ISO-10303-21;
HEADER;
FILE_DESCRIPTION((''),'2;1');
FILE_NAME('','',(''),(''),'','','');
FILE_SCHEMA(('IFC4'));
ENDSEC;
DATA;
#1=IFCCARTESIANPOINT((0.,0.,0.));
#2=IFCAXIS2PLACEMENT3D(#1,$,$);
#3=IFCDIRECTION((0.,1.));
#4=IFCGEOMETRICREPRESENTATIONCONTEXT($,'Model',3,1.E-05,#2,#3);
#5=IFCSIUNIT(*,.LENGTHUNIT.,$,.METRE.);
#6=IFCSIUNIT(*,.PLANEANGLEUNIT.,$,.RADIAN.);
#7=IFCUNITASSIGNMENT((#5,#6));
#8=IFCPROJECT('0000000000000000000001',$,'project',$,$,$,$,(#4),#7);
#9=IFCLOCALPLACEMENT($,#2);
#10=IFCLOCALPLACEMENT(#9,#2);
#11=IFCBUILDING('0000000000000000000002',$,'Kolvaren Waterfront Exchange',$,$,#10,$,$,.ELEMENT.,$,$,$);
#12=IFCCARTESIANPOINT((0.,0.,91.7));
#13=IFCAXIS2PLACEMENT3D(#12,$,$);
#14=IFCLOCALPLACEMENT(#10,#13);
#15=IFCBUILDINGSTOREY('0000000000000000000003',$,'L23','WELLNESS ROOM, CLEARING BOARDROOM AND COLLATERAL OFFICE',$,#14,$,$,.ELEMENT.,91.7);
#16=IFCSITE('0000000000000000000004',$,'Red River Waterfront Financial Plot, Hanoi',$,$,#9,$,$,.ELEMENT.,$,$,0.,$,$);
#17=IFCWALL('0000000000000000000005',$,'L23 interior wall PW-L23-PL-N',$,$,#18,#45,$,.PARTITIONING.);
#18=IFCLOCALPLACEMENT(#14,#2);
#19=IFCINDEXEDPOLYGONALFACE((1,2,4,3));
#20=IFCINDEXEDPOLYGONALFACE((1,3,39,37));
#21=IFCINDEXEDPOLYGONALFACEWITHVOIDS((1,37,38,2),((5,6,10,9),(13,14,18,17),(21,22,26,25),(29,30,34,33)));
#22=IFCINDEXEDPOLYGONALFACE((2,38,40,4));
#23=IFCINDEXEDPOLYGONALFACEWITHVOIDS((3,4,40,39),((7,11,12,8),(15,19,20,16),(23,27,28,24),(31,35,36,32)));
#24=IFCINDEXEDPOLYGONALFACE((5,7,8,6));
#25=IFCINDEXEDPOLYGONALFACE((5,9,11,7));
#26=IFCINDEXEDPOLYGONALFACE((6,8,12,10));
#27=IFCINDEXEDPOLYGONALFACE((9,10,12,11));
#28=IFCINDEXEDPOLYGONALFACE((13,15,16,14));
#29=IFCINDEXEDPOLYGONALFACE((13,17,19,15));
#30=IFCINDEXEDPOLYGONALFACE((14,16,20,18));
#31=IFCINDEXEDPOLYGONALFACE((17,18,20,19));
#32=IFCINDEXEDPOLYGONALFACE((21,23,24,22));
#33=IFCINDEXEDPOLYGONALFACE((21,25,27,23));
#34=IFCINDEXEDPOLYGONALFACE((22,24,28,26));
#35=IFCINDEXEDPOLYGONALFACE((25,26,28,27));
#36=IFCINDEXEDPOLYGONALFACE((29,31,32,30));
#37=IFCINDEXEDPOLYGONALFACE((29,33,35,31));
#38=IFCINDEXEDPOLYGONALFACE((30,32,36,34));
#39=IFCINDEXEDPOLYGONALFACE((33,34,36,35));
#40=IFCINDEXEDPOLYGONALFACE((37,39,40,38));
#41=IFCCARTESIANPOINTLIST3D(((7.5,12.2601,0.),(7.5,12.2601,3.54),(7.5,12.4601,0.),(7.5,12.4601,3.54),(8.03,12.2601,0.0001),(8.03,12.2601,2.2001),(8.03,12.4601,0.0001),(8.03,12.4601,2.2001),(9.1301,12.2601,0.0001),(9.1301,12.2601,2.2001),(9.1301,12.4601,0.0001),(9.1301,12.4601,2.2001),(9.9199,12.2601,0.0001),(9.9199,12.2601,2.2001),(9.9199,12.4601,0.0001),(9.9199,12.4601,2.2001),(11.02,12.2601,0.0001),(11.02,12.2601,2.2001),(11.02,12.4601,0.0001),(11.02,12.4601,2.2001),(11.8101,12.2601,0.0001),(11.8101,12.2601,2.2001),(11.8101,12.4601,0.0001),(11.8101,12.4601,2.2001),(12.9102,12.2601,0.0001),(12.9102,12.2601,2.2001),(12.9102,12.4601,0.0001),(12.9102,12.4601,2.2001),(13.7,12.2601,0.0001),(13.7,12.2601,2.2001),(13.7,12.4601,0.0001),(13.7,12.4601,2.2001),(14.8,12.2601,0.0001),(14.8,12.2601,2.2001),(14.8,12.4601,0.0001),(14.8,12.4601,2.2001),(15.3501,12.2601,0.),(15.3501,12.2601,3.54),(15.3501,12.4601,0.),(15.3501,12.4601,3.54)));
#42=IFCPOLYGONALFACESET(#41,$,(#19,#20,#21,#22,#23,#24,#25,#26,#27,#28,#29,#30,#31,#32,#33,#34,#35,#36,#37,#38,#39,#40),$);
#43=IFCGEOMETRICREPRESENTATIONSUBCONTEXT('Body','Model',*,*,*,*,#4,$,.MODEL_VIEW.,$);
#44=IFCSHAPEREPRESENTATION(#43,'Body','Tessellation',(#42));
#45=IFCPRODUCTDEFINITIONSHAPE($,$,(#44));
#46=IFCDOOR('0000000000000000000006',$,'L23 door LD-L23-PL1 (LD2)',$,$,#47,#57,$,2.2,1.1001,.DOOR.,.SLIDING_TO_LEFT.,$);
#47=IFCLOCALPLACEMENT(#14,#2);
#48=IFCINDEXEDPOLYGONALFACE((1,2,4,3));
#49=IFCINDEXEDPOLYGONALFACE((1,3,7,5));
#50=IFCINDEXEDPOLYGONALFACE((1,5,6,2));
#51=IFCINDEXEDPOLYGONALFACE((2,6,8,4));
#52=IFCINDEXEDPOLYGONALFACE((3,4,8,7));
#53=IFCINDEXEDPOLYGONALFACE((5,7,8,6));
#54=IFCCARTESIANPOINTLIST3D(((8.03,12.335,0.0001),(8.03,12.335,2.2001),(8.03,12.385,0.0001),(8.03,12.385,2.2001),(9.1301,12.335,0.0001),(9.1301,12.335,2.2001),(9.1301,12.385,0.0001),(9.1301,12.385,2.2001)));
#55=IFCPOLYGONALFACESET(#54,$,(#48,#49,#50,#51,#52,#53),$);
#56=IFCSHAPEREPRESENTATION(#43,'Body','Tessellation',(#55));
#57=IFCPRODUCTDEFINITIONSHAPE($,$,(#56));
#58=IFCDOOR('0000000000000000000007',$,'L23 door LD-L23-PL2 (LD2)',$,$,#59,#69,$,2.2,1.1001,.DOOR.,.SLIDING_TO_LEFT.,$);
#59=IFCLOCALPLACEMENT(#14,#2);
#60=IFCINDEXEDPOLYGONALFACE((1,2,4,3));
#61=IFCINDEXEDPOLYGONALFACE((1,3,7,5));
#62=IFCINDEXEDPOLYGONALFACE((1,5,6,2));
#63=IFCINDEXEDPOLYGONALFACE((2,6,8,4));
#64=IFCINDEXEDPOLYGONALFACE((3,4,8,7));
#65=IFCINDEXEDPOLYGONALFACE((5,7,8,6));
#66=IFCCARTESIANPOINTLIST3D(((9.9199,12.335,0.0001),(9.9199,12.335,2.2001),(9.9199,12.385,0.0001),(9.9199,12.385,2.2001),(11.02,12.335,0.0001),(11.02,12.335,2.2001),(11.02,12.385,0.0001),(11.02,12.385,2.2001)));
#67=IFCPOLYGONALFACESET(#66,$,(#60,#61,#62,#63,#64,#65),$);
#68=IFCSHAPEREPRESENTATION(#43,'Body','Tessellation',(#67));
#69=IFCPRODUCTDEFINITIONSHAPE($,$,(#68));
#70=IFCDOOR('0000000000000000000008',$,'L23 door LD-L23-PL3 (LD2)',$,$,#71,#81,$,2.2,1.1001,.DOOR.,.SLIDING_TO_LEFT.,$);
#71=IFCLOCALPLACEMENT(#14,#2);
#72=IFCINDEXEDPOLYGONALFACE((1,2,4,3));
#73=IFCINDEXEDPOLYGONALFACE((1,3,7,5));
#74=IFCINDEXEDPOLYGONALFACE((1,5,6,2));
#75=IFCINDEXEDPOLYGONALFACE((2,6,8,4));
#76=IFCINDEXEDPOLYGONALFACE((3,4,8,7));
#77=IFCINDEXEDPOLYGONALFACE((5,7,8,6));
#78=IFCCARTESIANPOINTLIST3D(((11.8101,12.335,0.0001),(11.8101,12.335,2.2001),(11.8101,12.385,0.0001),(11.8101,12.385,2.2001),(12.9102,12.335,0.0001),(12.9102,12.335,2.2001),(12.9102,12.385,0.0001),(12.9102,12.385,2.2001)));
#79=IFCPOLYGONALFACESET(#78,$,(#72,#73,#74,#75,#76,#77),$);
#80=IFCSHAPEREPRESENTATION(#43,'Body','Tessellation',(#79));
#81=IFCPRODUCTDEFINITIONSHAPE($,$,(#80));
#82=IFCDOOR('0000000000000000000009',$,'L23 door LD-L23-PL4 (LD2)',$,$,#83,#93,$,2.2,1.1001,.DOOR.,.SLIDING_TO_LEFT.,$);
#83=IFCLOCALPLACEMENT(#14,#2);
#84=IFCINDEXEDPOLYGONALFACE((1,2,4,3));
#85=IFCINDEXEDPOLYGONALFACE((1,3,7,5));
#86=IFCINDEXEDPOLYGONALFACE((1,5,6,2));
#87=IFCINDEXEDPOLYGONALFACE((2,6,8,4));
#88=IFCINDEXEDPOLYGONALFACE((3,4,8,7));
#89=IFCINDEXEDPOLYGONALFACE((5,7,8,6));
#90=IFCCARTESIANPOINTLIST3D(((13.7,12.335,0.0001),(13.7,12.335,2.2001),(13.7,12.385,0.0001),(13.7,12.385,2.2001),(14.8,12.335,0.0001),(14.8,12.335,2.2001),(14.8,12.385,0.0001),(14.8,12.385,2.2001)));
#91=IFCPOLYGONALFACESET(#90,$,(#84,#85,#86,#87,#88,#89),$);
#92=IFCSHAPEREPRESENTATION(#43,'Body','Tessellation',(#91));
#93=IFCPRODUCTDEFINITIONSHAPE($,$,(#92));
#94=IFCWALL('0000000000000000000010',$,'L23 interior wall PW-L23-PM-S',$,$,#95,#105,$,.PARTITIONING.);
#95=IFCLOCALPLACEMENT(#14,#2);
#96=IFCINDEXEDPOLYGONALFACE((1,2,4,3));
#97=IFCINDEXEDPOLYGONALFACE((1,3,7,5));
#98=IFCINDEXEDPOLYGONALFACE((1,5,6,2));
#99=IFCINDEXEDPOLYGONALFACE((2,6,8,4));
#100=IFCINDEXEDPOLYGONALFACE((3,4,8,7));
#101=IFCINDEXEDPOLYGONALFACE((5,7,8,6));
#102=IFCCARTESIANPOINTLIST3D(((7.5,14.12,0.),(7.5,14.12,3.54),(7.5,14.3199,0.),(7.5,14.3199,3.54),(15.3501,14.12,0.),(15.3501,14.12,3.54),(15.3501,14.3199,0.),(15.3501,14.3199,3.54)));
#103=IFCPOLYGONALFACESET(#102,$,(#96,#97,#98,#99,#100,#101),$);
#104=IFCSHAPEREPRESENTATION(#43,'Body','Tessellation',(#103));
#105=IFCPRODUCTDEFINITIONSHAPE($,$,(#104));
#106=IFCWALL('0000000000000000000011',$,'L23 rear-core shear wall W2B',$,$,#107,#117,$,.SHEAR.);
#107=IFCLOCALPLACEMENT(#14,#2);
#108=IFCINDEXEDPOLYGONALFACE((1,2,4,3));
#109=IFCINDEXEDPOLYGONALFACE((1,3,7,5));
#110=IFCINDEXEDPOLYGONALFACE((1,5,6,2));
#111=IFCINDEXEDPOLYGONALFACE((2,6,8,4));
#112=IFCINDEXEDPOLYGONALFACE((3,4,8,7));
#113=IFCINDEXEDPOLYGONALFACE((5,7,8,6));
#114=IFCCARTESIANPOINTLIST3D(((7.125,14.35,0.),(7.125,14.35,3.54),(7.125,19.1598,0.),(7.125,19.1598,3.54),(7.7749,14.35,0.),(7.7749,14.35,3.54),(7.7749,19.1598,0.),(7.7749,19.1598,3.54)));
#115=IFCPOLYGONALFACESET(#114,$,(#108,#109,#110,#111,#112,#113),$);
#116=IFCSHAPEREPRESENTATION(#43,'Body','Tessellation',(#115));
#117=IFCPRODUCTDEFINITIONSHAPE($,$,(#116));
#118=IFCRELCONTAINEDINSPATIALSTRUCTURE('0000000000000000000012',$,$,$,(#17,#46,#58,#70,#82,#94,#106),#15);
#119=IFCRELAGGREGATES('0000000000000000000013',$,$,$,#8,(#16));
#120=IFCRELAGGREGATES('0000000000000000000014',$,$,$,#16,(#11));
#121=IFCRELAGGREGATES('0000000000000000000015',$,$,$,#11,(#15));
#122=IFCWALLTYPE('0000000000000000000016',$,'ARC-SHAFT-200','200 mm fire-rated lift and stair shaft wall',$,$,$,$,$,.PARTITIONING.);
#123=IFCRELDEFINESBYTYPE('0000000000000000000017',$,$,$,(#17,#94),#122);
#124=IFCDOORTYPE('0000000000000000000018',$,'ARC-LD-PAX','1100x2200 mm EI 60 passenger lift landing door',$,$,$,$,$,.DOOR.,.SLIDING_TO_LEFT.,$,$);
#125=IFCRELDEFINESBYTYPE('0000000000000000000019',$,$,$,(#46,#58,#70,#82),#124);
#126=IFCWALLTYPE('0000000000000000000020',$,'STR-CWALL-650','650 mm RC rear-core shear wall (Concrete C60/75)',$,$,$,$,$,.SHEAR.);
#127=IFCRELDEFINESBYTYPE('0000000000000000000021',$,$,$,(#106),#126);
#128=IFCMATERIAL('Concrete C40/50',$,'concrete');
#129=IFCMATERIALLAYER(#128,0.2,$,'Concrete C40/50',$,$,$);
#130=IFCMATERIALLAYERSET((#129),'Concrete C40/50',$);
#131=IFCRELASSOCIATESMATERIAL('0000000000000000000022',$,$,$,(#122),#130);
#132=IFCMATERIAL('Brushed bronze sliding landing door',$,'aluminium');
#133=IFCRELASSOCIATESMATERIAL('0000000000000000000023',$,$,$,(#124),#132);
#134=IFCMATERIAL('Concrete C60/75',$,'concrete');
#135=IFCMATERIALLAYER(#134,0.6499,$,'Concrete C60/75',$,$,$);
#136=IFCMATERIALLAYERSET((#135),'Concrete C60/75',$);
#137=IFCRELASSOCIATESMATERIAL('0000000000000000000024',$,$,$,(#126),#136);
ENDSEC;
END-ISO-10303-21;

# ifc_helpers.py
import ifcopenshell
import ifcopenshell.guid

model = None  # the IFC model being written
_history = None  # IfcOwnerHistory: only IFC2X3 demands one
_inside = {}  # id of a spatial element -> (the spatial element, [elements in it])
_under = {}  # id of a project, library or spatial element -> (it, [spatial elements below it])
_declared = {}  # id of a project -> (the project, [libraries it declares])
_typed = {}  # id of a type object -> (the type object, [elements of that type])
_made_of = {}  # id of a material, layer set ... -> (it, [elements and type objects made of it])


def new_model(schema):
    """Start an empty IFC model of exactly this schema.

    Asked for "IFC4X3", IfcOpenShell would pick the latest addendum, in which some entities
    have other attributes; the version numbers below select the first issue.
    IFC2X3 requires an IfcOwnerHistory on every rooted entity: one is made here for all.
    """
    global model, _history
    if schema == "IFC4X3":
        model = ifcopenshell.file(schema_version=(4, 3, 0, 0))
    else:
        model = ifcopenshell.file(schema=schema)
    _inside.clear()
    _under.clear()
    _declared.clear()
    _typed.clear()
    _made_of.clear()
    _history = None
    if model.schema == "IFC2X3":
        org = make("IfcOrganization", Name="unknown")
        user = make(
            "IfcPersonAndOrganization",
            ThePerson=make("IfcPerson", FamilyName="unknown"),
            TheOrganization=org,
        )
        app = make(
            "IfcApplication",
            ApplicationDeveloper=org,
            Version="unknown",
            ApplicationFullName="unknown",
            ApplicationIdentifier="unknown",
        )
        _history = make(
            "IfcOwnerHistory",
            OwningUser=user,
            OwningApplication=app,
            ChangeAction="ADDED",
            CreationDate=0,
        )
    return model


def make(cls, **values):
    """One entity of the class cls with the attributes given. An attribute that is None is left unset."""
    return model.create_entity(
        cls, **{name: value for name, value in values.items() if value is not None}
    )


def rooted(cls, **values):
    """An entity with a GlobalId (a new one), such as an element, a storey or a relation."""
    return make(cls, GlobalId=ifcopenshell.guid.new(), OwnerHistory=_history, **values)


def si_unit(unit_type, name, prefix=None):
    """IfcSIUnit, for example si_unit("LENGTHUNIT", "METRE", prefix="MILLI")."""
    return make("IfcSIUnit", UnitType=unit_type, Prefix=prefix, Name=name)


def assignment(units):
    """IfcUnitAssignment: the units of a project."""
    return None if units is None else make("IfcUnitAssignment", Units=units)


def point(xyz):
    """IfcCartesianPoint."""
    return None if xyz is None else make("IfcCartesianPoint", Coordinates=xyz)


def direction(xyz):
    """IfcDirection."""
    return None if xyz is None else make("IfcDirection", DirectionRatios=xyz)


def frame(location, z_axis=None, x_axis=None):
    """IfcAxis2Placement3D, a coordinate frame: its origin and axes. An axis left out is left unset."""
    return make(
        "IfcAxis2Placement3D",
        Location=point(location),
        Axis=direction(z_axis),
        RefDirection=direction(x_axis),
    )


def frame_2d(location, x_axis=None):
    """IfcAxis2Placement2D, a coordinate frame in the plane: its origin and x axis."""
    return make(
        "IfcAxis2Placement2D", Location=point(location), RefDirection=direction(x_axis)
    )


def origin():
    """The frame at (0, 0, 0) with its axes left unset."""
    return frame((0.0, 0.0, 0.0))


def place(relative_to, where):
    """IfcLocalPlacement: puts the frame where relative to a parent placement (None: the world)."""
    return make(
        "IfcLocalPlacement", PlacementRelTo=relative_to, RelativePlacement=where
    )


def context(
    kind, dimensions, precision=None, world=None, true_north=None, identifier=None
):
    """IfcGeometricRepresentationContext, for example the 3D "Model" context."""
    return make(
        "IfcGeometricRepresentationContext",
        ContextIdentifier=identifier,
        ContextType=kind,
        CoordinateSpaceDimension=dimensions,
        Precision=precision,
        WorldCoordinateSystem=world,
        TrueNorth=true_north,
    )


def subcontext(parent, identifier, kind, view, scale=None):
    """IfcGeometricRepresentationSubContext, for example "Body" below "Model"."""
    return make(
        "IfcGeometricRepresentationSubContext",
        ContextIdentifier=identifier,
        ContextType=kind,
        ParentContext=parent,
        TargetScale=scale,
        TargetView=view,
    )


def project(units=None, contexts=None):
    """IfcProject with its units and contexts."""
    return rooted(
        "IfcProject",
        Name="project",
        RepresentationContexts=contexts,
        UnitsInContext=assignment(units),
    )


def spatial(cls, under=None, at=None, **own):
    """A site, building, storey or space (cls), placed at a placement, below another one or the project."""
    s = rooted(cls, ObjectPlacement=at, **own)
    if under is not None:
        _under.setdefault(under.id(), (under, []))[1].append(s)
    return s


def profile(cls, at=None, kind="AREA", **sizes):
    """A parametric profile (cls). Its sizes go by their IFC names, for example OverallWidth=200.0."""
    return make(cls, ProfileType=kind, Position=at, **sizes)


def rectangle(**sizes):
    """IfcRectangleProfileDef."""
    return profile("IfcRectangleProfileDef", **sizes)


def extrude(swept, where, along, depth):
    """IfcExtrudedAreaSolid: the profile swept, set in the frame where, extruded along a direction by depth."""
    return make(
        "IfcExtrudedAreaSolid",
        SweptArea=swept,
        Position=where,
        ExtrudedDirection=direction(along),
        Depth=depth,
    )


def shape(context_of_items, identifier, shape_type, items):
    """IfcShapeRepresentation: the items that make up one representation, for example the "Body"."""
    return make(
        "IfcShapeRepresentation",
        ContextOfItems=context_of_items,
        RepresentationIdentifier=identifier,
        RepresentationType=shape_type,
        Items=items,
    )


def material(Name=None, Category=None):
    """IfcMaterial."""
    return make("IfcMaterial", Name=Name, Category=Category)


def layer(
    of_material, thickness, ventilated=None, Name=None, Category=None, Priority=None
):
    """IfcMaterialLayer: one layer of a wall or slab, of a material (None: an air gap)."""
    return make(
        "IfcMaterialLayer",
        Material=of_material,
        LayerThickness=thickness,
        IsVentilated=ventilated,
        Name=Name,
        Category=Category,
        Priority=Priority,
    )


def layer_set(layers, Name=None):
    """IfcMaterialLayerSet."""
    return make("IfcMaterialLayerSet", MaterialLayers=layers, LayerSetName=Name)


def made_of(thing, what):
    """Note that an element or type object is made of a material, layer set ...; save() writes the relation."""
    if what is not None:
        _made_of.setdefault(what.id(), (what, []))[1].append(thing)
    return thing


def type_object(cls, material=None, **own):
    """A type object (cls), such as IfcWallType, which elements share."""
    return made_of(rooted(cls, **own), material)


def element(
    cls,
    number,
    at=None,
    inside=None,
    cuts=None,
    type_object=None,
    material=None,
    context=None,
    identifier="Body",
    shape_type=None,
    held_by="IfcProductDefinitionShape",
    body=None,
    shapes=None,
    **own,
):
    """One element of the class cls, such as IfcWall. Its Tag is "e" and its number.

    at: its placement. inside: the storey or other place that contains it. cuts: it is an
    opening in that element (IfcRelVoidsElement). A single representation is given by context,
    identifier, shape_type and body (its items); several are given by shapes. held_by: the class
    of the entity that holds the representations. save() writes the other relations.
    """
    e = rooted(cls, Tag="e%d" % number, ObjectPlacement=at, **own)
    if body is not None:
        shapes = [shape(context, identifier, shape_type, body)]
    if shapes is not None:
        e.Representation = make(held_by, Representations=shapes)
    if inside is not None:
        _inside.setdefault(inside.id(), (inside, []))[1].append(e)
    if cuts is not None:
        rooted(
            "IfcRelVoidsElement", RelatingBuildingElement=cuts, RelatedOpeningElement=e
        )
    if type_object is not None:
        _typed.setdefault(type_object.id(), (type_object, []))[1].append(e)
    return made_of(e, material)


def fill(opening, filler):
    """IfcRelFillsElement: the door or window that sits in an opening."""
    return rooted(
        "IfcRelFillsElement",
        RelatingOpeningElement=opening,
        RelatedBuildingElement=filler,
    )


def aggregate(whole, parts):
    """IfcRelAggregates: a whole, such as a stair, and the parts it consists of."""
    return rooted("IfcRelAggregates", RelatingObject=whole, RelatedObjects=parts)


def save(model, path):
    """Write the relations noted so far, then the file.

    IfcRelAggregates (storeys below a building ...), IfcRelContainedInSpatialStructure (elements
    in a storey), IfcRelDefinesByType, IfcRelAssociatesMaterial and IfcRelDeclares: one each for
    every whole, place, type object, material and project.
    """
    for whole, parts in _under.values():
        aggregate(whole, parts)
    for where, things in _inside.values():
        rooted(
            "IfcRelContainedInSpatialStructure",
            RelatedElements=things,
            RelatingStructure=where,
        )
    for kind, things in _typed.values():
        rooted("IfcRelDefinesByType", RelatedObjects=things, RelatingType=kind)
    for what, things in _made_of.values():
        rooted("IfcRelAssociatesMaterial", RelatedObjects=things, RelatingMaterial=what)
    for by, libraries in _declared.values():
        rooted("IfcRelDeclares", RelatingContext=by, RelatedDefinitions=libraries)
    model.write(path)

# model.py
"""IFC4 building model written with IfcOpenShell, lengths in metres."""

from ifc_helpers import new_model, si_unit, direction, frame, frame_2d, origin, place, context, subcontext, project, spatial, rectangle, extrude, material, layer, layer_set, type_object, element, fill, save


model = new_model("IFC4")

# Units and contexts
model_context = context("Model", 3, precision=1e-05, world=origin(), true_north=direction((0.0, 1.0)))
body_context = subcontext(model_context, "Body", "Model", "MODEL_VIEW")
ifc_project = project(units=[si_unit("LENGTHUNIT", "METRE"), si_unit("PLANEANGLEUNIT", "RADIAN")], contexts=[model_context])

# Site, building, storey
site_placement = place(None, origin())
site = spatial("IfcSite", under=ifc_project, at=site_placement, Name="Red River Waterfront Financial Plot, Hanoi", CompositionType="ELEMENT", RefElevation=0.0)
building_placement = place(site_placement, origin())
building = spatial("IfcBuilding", under=site, at=building_placement, Name="Kolvaren Waterfront Exchange", CompositionType="ELEMENT")
storey_placement = place(building_placement, frame((0.0, 0.0, 91.7)))
storey = spatial("IfcBuildingStorey", under=building, at=storey_placement, Name="L23", Description="WELLNESS ROOM, CLEARING BOARDROOM AND COLLATERAL OFFICE", CompositionType="ELEMENT", Elevation=91.7)

# Shared definitions
ifc_material_1 = material(Name="Concrete C60/75", Category="concrete")

# Wall, openings, doors
ifc_material_2 = material(Name="Concrete C40/50", Category="concrete")
ifc_layer_1 = layer(ifc_material_2, 0.2, Name="Concrete C40/50")
ifc_layer_set_1 = layer_set([ifc_layer_1], Name="Concrete C40/50")
wall_type_1 = type_object("IfcWallType", Name="ARC-SHAFT-200", Description="200 mm fire-rated lift and stair shaft wall", PredefinedType="PARTITIONING", material=ifc_layer_set_1)
wall_1_placement = place(storey_placement, frame((7.5, 12.3601, 0.0), z_axis=(0.0, 0.0, 1.0), x_axis=(1.0, 0.0, 0.0)))
wall_1 = element("IfcWall", 1, at=wall_1_placement, inside=storey, type_object=wall_type_1, Name="L23 interior wall PW-L23-PL-N", PredefinedType="PARTITIONING", context=body_context, shape_type="SweptSolid", body=[
    extrude(rectangle(XDim=7.8501, YDim=0.2, at=frame_2d((3.925, 0.0))), origin(), (0.0, 0.0, 1.0), 3.54),
])
opening_1_placement = place(wall_1_placement, frame((0.53, 0.0, 0.0)))
opening_1 = element("IfcOpeningElement", 2, at=opening_1_placement, cuts=wall_1, PredefinedType="OPENING", context=body_context, shape_type="SweptSolid", body=[
    extrude(rectangle(XDim=1.1001, YDim=2.2, at=frame_2d((0.55, 1.1001))), frame((0.0, 0.1099, 0.0), z_axis=(0.0, -1.0, 0.0), x_axis=(1.0, 0.0, 0.0)), (0.0, 0.0, 1.0), 0.22),
])
opening_2_placement = place(wall_1_placement, frame((2.4199, 0.0, 0.0)))
opening_2 = element("IfcOpeningElement", 3, at=opening_2_placement, cuts=wall_1, PredefinedType="OPENING", context=body_context, shape_type="SweptSolid", body=[
    extrude(rectangle(XDim=1.1001, YDim=2.2, at=frame_2d((0.55, 1.1001))), frame((0.0, 0.1099, 0.0), z_axis=(0.0, -1.0, 0.0), x_axis=(1.0, 0.0, 0.0)), (0.0, 0.0, 1.0), 0.22),
])
opening_3_placement = place(wall_1_placement, frame((4.3101, 0.0, 0.0)))
opening_3 = element("IfcOpeningElement", 4, at=opening_3_placement, cuts=wall_1, PredefinedType="OPENING", context=body_context, shape_type="SweptSolid", body=[
    extrude(rectangle(XDim=1.1001, YDim=2.2, at=frame_2d((0.55, 1.1001))), frame((0.0, 0.1099, 0.0), z_axis=(0.0, -1.0, 0.0), x_axis=(1.0, 0.0, 0.0)), (0.0, 0.0, 1.0), 0.22),
])
opening_4_placement = place(wall_1_placement, frame((6.2, 0.0, 0.0)))
opening_4 = element("IfcOpeningElement", 5, at=opening_4_placement, cuts=wall_1, PredefinedType="OPENING", context=body_context, shape_type="SweptSolid", body=[
    extrude(rectangle(XDim=1.1001, YDim=2.2, at=frame_2d((0.55, 1.1001))), frame((0.0, 0.1099, 0.0), z_axis=(0.0, -1.0, 0.0), x_axis=(1.0, 0.0, 0.0)), (0.0, 0.0, 1.0), 0.22),
])
ifc_material_3 = material(Name="Brushed bronze sliding landing door", Category="aluminium")
door_type = type_object("IfcDoorType", Name="ARC-LD-PAX", Description="1100x2200 mm EI 60 passenger lift landing door", OperationType="SLIDING_TO_LEFT", PredefinedType="DOOR", material=ifc_material_3)
door_1_placement = place(opening_1_placement, origin())
door_1 = element("IfcDoor", 6, at=door_1_placement, inside=storey, type_object=door_type, Name="L23 door LD-L23-PL1 (LD2)", OperationType="SLIDING_TO_LEFT", OverallHeight=2.2, OverallWidth=1.1001, PredefinedType="DOOR", context=body_context, shape_type="SweptSolid", body=[
    extrude(rectangle(XDim=1.1001, YDim=2.2, at=frame_2d((0.55, 1.1001))), frame((0.0, 0.0249, 0.0), z_axis=(0.0, -1.0, 0.0), x_axis=(1.0, 0.0, 0.0)), (0.0, 0.0, 1.0), 0.05),
])
fill(opening_1, door_1)
door_2_placement = place(opening_2_placement, origin())
door_2 = element("IfcDoor", 7, at=door_2_placement, inside=storey, type_object=door_type, Name="L23 door LD-L23-PL2 (LD2)", OperationType="SLIDING_TO_LEFT", OverallHeight=2.2, OverallWidth=1.1001, PredefinedType="DOOR", context=body_context, shape_type="SweptSolid", body=[
    extrude(rectangle(XDim=1.1001, YDim=2.2, at=frame_2d((0.55, 1.1001))), frame((0.0, 0.0249, 0.0), z_axis=(0.0, -1.0, 0.0), x_axis=(1.0, 0.0, 0.0)), (0.0, 0.0, 1.0), 0.05),
])
fill(opening_2, door_2)
door_3_placement = place(opening_3_placement, origin())
door_3 = element("IfcDoor", 8, at=door_3_placement, inside=storey, type_object=door_type, Name="L23 door LD-L23-PL3 (LD2)", OperationType="SLIDING_TO_LEFT", OverallHeight=2.2, OverallWidth=1.1001, PredefinedType="DOOR", context=body_context, shape_type="SweptSolid", body=[
    extrude(rectangle(XDim=1.1001, YDim=2.2, at=frame_2d((0.55, 1.1001))), frame((0.0, 0.0249, 0.0), z_axis=(0.0, -1.0, 0.0), x_axis=(1.0, 0.0, 0.0)), (0.0, 0.0, 1.0), 0.05),
])
fill(opening_3, door_3)
door_4_placement = place(opening_4_placement, origin())
door_4 = element("IfcDoor", 9, at=door_4_placement, inside=storey, type_object=door_type, Name="L23 door LD-L23-PL4 (LD2)", OperationType="SLIDING_TO_LEFT", OverallHeight=2.2, OverallWidth=1.1001, PredefinedType="DOOR", context=body_context, shape_type="SweptSolid", body=[
    extrude(rectangle(XDim=1.1001, YDim=2.2, at=frame_2d((0.55, 1.1001))), frame((0.0, 0.0249, 0.0), z_axis=(0.0, -1.0, 0.0), x_axis=(1.0, 0.0, 0.0)), (0.0, 0.0, 1.0), 0.05),
])
fill(opening_4, door_4)

# Walls
wall_2_placement = place(storey_placement, frame((7.5, 14.22, 0.0), z_axis=(0.0, 0.0, 1.0), x_axis=(1.0, 0.0, 0.0)))
element("IfcWall", 10, at=wall_2_placement, inside=storey, type_object=wall_type_1, Name="L23 interior wall PW-L23-PM-S", PredefinedType="PARTITIONING", context=body_context, shape_type="SweptSolid", body=[
    extrude(rectangle(XDim=7.8501, YDim=0.2, at=frame_2d((3.925, 0.0))), origin(), (0.0, 0.0, 1.0), 3.54),
])
ifc_layer_2 = layer(ifc_material_1, 0.6499, Name="Concrete C60/75")
ifc_layer_set_2 = layer_set([ifc_layer_2], Name="Concrete C60/75")
wall_type_2 = type_object("IfcWallType", Name="STR-CWALL-650", Description="650 mm RC rear-core shear wall (Concrete C60/75)", PredefinedType="SHEAR", material=ifc_layer_set_2)
wall_3_placement = place(storey_placement, frame((7.45, 14.3501, 0.0), z_axis=(0.0, 0.0, 1.0), x_axis=(0.0, 1.0, 0.0)))
element("IfcWall", 11, at=wall_3_placement, inside=storey, type_object=wall_type_2, Name="L23 rear-core shear wall W2B", PredefinedType="SHEAR", context=body_context, shape_type="SweptSolid", body=[
    extrude(rectangle(XDim=4.8098, YDim=0.6499, at=frame_2d((2.4048, 0.0))), origin(), (0.0, 0.0, 1.0), 3.54),
])

save(model, "model.ifc")
